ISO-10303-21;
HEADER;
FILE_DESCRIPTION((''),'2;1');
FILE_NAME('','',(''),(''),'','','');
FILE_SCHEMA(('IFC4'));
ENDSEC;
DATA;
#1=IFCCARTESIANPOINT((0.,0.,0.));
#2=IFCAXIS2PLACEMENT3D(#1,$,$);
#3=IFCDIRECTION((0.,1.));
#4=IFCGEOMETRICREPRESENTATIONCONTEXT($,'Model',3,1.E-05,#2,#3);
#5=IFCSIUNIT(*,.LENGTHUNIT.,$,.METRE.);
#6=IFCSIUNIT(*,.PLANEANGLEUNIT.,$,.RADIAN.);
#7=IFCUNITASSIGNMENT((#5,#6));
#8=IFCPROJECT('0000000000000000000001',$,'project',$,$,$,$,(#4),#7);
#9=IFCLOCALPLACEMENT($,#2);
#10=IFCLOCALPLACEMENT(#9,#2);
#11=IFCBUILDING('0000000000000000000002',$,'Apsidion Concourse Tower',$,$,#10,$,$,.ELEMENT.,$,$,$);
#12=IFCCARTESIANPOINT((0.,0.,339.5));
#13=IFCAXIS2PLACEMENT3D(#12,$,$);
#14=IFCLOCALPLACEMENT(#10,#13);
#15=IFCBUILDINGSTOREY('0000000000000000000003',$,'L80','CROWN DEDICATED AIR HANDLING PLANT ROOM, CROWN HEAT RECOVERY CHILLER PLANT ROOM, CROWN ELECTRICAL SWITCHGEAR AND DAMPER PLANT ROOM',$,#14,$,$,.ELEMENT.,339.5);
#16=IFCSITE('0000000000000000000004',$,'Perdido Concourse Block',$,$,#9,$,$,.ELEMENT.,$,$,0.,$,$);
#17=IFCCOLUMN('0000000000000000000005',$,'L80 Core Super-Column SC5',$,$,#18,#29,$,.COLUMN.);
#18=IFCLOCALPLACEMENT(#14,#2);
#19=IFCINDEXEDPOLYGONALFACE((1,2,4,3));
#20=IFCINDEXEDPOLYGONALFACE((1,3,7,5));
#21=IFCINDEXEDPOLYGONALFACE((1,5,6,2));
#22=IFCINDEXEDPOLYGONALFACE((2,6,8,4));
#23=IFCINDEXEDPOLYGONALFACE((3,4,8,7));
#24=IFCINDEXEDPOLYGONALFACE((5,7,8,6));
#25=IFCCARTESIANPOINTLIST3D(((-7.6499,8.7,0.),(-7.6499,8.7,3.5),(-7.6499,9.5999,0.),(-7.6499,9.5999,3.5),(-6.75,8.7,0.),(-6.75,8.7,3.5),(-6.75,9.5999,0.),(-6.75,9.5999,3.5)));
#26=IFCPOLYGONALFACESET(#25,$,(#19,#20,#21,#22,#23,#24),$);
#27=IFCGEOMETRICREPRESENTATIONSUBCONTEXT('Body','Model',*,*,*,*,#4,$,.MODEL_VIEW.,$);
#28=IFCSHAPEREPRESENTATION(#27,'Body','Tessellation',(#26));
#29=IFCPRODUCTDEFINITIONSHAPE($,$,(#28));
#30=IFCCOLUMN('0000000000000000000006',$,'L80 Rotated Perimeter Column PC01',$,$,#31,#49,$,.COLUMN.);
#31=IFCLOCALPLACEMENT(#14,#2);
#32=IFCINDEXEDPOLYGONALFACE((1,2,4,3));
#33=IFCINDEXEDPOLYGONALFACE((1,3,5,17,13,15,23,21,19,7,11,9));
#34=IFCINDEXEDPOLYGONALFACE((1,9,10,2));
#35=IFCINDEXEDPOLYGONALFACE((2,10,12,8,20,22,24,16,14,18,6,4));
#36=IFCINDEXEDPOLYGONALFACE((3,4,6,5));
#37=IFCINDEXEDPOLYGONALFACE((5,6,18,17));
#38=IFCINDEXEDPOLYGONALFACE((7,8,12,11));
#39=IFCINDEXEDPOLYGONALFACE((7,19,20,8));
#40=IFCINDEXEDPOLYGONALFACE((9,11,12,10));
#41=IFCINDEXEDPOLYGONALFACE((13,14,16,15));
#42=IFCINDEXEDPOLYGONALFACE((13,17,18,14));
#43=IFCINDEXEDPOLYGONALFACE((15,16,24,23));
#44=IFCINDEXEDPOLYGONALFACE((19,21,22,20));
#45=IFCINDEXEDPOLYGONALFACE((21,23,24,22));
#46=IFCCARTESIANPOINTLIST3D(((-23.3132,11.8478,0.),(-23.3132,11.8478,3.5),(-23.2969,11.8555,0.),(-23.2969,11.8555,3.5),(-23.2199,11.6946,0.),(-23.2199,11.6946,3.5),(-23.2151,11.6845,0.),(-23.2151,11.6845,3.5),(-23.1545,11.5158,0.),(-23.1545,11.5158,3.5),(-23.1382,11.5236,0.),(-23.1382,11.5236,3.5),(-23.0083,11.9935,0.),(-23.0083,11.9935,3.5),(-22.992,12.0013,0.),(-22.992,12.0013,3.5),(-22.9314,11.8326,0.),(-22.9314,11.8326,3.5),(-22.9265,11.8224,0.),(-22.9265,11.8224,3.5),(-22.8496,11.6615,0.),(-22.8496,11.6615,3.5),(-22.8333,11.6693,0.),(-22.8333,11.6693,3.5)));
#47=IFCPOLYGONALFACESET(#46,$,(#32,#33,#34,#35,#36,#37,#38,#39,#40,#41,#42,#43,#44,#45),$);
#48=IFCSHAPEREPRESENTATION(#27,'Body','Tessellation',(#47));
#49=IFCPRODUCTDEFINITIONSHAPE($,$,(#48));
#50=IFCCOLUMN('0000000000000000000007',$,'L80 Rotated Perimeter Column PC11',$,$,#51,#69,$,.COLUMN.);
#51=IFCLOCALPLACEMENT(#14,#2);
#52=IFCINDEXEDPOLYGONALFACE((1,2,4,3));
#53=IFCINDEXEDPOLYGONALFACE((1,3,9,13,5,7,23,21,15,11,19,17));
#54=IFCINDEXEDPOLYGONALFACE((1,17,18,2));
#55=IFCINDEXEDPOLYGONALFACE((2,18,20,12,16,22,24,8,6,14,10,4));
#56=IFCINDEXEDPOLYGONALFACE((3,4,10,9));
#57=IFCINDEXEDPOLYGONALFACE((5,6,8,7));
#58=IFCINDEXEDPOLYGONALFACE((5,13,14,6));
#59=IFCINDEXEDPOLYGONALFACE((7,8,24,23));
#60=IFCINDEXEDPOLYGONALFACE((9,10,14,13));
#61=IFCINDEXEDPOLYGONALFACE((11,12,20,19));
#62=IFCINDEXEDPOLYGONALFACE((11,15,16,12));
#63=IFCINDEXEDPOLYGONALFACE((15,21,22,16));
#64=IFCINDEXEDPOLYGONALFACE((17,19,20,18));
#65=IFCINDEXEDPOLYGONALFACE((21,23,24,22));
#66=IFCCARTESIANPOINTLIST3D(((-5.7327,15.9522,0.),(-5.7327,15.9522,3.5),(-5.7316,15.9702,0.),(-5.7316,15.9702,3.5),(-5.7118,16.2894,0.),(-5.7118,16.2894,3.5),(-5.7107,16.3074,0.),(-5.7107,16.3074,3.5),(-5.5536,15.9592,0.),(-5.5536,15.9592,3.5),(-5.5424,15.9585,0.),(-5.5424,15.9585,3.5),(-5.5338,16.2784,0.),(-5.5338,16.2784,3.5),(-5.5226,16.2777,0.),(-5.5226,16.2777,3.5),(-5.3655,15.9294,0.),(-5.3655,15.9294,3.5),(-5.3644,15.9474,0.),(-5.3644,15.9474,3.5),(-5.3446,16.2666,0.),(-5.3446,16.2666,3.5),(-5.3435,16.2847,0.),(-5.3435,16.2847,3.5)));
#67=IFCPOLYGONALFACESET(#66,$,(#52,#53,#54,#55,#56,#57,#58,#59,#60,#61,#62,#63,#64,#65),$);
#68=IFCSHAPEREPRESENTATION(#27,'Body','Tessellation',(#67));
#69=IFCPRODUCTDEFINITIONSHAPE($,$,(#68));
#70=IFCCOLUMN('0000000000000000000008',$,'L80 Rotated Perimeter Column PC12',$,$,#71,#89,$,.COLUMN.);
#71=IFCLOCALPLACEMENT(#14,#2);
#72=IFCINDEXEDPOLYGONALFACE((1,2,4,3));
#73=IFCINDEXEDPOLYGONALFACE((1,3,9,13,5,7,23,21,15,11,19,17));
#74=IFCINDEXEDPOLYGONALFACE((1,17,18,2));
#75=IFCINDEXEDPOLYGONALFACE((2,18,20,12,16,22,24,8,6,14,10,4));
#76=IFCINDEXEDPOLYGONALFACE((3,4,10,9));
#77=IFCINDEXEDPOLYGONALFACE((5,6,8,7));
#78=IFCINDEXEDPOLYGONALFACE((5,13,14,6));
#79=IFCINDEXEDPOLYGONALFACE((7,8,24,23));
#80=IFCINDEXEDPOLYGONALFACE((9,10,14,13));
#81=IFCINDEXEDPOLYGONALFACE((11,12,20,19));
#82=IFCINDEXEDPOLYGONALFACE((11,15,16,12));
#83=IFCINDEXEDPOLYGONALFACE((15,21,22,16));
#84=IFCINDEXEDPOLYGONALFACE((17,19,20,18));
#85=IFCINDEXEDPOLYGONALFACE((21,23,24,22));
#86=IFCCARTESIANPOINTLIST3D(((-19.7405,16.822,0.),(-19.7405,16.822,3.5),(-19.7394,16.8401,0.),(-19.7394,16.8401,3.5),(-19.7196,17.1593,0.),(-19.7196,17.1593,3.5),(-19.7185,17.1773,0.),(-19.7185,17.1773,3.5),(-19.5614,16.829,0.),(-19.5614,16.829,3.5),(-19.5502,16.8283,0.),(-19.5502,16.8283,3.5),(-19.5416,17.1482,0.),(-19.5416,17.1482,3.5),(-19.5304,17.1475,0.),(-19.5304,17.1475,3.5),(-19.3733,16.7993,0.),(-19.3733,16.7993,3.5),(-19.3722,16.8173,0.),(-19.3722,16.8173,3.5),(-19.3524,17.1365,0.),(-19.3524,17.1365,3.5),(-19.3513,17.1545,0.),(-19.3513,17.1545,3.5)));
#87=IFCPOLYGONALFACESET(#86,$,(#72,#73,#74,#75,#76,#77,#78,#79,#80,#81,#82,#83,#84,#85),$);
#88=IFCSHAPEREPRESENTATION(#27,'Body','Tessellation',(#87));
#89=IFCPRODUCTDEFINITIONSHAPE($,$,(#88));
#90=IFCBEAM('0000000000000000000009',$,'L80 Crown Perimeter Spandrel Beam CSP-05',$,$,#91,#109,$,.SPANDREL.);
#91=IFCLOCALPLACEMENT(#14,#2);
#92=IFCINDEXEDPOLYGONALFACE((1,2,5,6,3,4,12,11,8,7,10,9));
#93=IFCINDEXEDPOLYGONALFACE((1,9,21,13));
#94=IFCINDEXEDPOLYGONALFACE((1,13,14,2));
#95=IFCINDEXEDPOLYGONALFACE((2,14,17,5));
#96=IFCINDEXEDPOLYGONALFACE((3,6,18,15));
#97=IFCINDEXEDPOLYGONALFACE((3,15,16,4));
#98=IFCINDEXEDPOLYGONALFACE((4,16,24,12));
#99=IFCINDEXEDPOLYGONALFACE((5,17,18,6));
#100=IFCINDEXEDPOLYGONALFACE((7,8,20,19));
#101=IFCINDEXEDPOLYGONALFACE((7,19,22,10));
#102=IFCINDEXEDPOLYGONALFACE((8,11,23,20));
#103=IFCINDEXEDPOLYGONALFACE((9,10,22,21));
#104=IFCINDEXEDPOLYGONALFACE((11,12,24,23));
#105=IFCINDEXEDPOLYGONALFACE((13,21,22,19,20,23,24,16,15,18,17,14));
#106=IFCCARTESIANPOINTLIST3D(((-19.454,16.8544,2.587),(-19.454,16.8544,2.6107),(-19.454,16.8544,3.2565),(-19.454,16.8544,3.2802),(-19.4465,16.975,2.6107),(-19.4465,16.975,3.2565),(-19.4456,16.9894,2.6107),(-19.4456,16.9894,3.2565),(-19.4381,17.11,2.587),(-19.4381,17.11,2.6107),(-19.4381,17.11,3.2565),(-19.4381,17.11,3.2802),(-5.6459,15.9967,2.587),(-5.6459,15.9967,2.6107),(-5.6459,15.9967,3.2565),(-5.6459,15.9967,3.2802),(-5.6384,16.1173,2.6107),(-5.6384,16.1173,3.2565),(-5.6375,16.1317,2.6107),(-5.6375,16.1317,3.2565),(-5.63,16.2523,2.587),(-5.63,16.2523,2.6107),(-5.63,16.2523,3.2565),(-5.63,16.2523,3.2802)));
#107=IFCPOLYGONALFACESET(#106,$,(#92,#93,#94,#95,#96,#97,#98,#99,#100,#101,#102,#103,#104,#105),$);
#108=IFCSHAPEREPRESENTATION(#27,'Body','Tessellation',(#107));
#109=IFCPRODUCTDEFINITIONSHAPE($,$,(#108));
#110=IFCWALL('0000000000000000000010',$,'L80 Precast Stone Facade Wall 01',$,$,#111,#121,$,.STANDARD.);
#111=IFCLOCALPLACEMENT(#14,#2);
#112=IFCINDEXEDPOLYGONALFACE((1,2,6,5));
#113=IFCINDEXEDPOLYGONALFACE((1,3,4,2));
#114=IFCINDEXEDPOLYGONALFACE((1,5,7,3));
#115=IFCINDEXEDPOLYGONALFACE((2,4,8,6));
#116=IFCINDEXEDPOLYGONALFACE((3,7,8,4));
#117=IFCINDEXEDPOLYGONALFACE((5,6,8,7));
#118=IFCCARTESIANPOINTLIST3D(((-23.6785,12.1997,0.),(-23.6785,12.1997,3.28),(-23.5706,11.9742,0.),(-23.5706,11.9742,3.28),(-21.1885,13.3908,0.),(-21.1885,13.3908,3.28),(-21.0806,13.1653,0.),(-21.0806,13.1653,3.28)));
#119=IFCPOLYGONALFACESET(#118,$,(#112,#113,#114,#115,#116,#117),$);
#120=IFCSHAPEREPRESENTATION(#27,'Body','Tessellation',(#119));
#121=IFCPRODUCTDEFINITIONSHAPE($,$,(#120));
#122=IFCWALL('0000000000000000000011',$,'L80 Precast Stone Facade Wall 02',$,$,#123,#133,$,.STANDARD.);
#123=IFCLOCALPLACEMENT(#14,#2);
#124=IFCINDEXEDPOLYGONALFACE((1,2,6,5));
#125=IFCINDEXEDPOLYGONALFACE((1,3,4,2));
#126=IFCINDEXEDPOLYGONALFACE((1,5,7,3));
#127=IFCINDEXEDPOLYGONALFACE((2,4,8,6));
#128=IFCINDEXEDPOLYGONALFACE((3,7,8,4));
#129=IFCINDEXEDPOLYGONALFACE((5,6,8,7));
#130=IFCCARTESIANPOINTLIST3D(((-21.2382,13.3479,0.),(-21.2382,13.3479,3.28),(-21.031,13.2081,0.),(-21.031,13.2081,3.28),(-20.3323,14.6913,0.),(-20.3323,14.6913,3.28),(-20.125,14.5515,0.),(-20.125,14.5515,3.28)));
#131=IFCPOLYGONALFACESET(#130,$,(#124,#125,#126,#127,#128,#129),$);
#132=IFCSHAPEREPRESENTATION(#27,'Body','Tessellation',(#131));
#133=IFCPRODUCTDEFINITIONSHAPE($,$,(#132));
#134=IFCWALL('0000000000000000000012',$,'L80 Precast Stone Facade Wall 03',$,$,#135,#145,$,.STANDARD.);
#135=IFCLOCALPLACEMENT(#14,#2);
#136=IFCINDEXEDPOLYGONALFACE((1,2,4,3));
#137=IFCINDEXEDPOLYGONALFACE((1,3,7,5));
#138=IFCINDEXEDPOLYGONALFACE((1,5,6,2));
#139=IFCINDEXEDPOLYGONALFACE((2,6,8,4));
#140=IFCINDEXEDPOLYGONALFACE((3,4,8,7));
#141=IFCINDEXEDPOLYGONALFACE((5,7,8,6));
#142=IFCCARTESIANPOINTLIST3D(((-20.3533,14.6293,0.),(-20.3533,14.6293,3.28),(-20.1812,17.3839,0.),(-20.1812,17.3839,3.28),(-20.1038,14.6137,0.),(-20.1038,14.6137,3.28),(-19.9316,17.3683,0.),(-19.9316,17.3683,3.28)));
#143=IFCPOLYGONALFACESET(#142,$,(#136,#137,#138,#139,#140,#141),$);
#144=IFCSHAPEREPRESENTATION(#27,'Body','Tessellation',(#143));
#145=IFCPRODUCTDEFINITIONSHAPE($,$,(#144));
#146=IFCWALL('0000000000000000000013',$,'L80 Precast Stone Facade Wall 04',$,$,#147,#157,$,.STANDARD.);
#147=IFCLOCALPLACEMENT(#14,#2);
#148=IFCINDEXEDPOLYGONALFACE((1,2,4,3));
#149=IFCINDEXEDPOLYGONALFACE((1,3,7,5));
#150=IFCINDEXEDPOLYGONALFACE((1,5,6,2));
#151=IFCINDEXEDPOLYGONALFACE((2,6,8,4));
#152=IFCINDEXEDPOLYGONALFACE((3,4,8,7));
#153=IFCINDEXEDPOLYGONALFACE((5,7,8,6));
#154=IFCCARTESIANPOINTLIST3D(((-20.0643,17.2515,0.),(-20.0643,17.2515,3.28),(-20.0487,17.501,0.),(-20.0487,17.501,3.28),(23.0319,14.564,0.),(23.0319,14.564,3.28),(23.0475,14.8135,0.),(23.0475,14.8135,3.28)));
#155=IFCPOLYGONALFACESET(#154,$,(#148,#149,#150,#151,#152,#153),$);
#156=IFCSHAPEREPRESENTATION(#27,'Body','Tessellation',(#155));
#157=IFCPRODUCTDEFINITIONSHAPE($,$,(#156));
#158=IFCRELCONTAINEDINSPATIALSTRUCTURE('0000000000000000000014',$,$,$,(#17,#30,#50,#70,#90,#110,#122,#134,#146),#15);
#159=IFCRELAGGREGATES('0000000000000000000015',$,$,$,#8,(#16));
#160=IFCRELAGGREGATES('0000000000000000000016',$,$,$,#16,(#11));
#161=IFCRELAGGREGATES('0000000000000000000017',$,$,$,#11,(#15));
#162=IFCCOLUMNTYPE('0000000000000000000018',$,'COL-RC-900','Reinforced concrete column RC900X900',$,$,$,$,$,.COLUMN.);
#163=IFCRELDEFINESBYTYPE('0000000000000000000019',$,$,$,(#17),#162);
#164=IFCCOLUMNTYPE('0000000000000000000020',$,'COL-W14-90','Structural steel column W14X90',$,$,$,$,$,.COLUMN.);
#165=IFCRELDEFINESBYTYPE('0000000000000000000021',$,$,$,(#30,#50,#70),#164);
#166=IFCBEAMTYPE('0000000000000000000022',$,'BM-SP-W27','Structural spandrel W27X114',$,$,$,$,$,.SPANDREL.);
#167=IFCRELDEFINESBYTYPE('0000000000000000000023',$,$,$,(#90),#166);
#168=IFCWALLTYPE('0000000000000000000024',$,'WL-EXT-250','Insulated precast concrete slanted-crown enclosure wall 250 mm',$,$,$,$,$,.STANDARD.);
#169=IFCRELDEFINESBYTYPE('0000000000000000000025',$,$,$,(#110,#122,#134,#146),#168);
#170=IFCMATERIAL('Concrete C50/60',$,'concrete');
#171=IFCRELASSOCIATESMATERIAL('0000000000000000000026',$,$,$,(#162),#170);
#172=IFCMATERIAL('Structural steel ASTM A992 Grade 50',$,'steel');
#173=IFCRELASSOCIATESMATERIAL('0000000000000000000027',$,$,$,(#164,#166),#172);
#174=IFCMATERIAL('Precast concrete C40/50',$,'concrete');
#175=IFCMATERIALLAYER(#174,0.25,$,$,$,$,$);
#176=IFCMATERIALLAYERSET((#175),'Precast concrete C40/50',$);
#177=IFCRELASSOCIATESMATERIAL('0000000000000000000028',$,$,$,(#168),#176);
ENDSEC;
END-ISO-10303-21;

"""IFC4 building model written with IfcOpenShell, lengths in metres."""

from ifc_helpers import new_model, si_unit, direction, frame, frame_2d, origin, origin_2d, place, context, subcontext, project, spatial, rectangle, i_section, extrude, material, layer, layer_set, material_profile, profile_set, type_object, element, save


model = new_model("IFC4")

# Units and contexts
model_context = context("Model", 3, precision=1e-05, world=origin(), true_north=direction((0.0, 1.0)))
body_context = subcontext(model_context, "Body", "Model", "MODEL_VIEW")
ifc_project = project(units=[si_unit("LENGTHUNIT", "METRE"), si_unit("PLANEANGLEUNIT", "RADIAN")], contexts=[model_context])

# Site, building, storey
site_placement = place(None, origin())
site = spatial("IfcSite", under=ifc_project, at=site_placement, Name="Perdido Concourse Block", CompositionType="ELEMENT", RefElevation=0.0)
building_placement = place(site_placement, origin())
building = spatial("IfcBuilding", under=site, at=building_placement, Name="Apsidion Concourse Tower", CompositionType="ELEMENT")
storey_placement = place(building_placement, frame((0.0, 0.0, 339.5)))
storey = spatial("IfcBuildingStorey", under=building, at=storey_placement, Name="L80", Description="CROWN DEDICATED AIR HANDLING PLANT ROOM, CROWN HEAT RECOVERY CHILLER PLANT ROOM, CROWN ELECTRICAL SWITCHGEAR AND DAMPER PLANT ROOM", CompositionType="ELEMENT", Elevation=339.5)

# Columns
ifc_material_1 = material(Name="Concrete C50/60", Category="concrete")
ifc_material_profile_1 = material_profile(ifc_material_1, rectangle(XDim=0.8999, YDim=0.8999, at=origin_2d()), Name="RC 900x900")
ifc_profile_set_1 = profile_set([ifc_material_profile_1], Name="Concrete C50/60")
column_type_1 = type_object("IfcColumnType", Name="COL-RC-900", Description="Reinforced concrete column RC900X900", PredefinedType="COLUMN", material=ifc_profile_set_1)
column_placement = place(storey_placement, frame((-7.2, 9.1499, 0.0), z_axis=(0.0, 0.0, 1.0), x_axis=(1.0, 0.0, 0.0)))
element("IfcColumn", 1, at=column_placement, inside=storey, type_object=column_type_1, Name="L80 Core Super-Column SC5", PredefinedType="COLUMN", context=body_context, shape_type="SweptSolid", body=[
    extrude(rectangle(XDim=0.8999, YDim=0.8999, at=origin_2d()), origin(), (0.0, 0.0, 1.0), 3.5),
])
ifc_material_2 = material(Name="Structural steel ASTM A992 Grade 50", Category="steel")
ifc_material_profile_2 = material_profile(ifc_material_2, i_section(OverallWidth=0.3679, OverallDepth=0.356, WebThickness=0.0112, FlangeThickness=0.0181, at=origin_2d()), Name="W14X90")
ifc_profile_set_2 = profile_set([ifc_material_profile_2], Name="Structural steel ASTM A992 Grade 50")
column_type_2 = type_object("IfcColumnType", Name="COL-W14-90", Description="Structural steel column W14X90", PredefinedType="COLUMN", material=ifc_profile_set_2)
for number, where, z_axis, x_axis, name in (
    (2, (-23.0732, 11.7585, 0.0), (0.0, 0.0, 1.0), (-0.431299, 0.902209, 0.0), "L80 Rotated Perimeter Column PC01"),
    (3, (-5.5381, 16.1184, 0.0), (0.0, 0.0, 1.0), (-0.998081, 0.06192, 0.0), "L80 Rotated Perimeter Column PC11"),
    (4, (-19.5459, 16.9883, 0.0), (0.0, 0.0, 1.0), (-0.998081, 0.06192, 0.0), "L80 Rotated Perimeter Column PC12"),
):
    element("IfcColumn", number, at=place(storey_placement, frame(where, z_axis=z_axis, x_axis=x_axis)), inside=storey, type_object=column_type_2, Name=name, PredefinedType="COLUMN", context=body_context, shape_type="SweptSolid", body=[
        extrude(i_section(OverallWidth=0.3679, OverallDepth=0.356, WebThickness=0.0112, FlangeThickness=0.0181, at=origin_2d()), origin(), (0.0, 0.0, 1.0), 3.5),
    ])

# Beam
ifc_material_profile_3 = material_profile(ifc_material_2, i_section(OverallWidth=0.2561, OverallDepth=0.6931, WebThickness=0.0144, FlangeThickness=0.0237, at=origin_2d()), Name="W27X114")
ifc_profile_set_3 = profile_set([ifc_material_profile_3], Name="Structural steel ASTM A992 Grade 50")
beam_type = type_object("IfcBeamType", Name="BM-SP-W27", Description="Structural spandrel W27X114", PredefinedType="SPANDREL", material=ifc_profile_set_3)
beam_placement = place(storey_placement, frame((-5.6379, 16.1245, 2.9336), z_axis=(-0.998077, 0.061994, 0.0), x_axis=(-0.061994, -0.998077, 0.0)))
element("IfcBeam", 5, at=beam_placement, inside=storey, type_object=beam_type, Name="L80 Crown Perimeter Spandrel Beam CSP-05", PredefinedType="SPANDREL", context=body_context, shape_type="SweptSolid", body=[
    extrude(i_section(OverallWidth=0.2561, OverallDepth=0.6931, WebThickness=0.0144, FlangeThickness=0.0237, at=origin_2d()), origin(), (0.0, 0.0, 1.0), 13.8347),
])

# Walls
ifc_material_3 = material(Name="Precast concrete C40/50", Category="concrete")
ifc_layer_1 = layer(ifc_material_3, 0.25)
ifc_layer_set_1 = layer_set([ifc_layer_1], Name="Precast concrete C40/50")
wall_type_1 = type_object("IfcWallType", Name="WL-EXT-250", Description="Insulated precast concrete slanted-crown enclosure wall 250 mm", PredefinedType="STANDARD", material=ifc_layer_set_1)
wall_1_placement = place(storey_placement, frame((-23.6245, 12.0869, 0.0), z_axis=(0.0, 0.0, 1.0), x_axis=(0.902092, 0.431543, 0.0)))
element("IfcWall", 6, at=wall_1_placement, inside=storey, type_object=wall_type_1, Name="L80 Precast Stone Facade Wall 01", PredefinedType="STANDARD", context=body_context, shape_type="SweptSolid", body=[
    extrude(rectangle(XDim=2.7603, YDim=0.25, at=frame_2d((1.3801, 0.0))), origin(), (0.0, 0.0, 1.0), 3.28),
])
wall_2_placement = place(storey_placement, frame((-21.1345, 13.2781, 0.0), z_axis=(0.0, 0.0, 1.0), x_axis=(0.559108, 0.829095, 0.0)))
element("IfcWall", 7, at=wall_2_placement, inside=storey, type_object=wall_type_1, Name="L80 Precast Stone Facade Wall 02", PredefinedType="STANDARD", context=body_context, shape_type="SweptSolid", body=[
    extrude(rectangle(XDim=1.6204, YDim=0.25, at=frame_2d((0.8101, 0.0))), origin(), (0.0, 0.0, 1.0), 3.28),
])
wall_3_placement = place(storey_placement, frame((-20.2285, 14.6216, 0.0), z_axis=(0.0, 0.0, 1.0), x_axis=(0.062362, 0.998054, 0.0)))
element("IfcWall", 8, at=wall_3_placement, inside=storey, type_object=wall_type_1, Name="L80 Precast Stone Facade Wall 03", PredefinedType="STANDARD", context=body_context, shape_type="SweptSolid", body=[
    extrude(rectangle(XDim=2.76, YDim=0.25, at=frame_2d((1.3799, 0.0))), origin(), (0.0, 0.0, 1.0), 3.28),
])
wall_4_placement = place(storey_placement, frame((-20.0564, 17.3762, 0.0), z_axis=(0.0, 0.0, 1.0), x_axis=(0.998061, -0.06224, 0.0)))
element("IfcWall", 9, at=wall_4_placement, inside=storey, type_object=wall_type_1, Name="L80 Precast Stone Facade Wall 04", PredefinedType="STANDARD", context=body_context, shape_type="SweptSolid", body=[
    extrude(rectangle(XDim=43.1799, YDim=0.25, at=frame_2d((21.5898, 0.0))), origin(), (0.0, 0.0, 1.0), 3.28),
])

save(model, "model.ifc")
